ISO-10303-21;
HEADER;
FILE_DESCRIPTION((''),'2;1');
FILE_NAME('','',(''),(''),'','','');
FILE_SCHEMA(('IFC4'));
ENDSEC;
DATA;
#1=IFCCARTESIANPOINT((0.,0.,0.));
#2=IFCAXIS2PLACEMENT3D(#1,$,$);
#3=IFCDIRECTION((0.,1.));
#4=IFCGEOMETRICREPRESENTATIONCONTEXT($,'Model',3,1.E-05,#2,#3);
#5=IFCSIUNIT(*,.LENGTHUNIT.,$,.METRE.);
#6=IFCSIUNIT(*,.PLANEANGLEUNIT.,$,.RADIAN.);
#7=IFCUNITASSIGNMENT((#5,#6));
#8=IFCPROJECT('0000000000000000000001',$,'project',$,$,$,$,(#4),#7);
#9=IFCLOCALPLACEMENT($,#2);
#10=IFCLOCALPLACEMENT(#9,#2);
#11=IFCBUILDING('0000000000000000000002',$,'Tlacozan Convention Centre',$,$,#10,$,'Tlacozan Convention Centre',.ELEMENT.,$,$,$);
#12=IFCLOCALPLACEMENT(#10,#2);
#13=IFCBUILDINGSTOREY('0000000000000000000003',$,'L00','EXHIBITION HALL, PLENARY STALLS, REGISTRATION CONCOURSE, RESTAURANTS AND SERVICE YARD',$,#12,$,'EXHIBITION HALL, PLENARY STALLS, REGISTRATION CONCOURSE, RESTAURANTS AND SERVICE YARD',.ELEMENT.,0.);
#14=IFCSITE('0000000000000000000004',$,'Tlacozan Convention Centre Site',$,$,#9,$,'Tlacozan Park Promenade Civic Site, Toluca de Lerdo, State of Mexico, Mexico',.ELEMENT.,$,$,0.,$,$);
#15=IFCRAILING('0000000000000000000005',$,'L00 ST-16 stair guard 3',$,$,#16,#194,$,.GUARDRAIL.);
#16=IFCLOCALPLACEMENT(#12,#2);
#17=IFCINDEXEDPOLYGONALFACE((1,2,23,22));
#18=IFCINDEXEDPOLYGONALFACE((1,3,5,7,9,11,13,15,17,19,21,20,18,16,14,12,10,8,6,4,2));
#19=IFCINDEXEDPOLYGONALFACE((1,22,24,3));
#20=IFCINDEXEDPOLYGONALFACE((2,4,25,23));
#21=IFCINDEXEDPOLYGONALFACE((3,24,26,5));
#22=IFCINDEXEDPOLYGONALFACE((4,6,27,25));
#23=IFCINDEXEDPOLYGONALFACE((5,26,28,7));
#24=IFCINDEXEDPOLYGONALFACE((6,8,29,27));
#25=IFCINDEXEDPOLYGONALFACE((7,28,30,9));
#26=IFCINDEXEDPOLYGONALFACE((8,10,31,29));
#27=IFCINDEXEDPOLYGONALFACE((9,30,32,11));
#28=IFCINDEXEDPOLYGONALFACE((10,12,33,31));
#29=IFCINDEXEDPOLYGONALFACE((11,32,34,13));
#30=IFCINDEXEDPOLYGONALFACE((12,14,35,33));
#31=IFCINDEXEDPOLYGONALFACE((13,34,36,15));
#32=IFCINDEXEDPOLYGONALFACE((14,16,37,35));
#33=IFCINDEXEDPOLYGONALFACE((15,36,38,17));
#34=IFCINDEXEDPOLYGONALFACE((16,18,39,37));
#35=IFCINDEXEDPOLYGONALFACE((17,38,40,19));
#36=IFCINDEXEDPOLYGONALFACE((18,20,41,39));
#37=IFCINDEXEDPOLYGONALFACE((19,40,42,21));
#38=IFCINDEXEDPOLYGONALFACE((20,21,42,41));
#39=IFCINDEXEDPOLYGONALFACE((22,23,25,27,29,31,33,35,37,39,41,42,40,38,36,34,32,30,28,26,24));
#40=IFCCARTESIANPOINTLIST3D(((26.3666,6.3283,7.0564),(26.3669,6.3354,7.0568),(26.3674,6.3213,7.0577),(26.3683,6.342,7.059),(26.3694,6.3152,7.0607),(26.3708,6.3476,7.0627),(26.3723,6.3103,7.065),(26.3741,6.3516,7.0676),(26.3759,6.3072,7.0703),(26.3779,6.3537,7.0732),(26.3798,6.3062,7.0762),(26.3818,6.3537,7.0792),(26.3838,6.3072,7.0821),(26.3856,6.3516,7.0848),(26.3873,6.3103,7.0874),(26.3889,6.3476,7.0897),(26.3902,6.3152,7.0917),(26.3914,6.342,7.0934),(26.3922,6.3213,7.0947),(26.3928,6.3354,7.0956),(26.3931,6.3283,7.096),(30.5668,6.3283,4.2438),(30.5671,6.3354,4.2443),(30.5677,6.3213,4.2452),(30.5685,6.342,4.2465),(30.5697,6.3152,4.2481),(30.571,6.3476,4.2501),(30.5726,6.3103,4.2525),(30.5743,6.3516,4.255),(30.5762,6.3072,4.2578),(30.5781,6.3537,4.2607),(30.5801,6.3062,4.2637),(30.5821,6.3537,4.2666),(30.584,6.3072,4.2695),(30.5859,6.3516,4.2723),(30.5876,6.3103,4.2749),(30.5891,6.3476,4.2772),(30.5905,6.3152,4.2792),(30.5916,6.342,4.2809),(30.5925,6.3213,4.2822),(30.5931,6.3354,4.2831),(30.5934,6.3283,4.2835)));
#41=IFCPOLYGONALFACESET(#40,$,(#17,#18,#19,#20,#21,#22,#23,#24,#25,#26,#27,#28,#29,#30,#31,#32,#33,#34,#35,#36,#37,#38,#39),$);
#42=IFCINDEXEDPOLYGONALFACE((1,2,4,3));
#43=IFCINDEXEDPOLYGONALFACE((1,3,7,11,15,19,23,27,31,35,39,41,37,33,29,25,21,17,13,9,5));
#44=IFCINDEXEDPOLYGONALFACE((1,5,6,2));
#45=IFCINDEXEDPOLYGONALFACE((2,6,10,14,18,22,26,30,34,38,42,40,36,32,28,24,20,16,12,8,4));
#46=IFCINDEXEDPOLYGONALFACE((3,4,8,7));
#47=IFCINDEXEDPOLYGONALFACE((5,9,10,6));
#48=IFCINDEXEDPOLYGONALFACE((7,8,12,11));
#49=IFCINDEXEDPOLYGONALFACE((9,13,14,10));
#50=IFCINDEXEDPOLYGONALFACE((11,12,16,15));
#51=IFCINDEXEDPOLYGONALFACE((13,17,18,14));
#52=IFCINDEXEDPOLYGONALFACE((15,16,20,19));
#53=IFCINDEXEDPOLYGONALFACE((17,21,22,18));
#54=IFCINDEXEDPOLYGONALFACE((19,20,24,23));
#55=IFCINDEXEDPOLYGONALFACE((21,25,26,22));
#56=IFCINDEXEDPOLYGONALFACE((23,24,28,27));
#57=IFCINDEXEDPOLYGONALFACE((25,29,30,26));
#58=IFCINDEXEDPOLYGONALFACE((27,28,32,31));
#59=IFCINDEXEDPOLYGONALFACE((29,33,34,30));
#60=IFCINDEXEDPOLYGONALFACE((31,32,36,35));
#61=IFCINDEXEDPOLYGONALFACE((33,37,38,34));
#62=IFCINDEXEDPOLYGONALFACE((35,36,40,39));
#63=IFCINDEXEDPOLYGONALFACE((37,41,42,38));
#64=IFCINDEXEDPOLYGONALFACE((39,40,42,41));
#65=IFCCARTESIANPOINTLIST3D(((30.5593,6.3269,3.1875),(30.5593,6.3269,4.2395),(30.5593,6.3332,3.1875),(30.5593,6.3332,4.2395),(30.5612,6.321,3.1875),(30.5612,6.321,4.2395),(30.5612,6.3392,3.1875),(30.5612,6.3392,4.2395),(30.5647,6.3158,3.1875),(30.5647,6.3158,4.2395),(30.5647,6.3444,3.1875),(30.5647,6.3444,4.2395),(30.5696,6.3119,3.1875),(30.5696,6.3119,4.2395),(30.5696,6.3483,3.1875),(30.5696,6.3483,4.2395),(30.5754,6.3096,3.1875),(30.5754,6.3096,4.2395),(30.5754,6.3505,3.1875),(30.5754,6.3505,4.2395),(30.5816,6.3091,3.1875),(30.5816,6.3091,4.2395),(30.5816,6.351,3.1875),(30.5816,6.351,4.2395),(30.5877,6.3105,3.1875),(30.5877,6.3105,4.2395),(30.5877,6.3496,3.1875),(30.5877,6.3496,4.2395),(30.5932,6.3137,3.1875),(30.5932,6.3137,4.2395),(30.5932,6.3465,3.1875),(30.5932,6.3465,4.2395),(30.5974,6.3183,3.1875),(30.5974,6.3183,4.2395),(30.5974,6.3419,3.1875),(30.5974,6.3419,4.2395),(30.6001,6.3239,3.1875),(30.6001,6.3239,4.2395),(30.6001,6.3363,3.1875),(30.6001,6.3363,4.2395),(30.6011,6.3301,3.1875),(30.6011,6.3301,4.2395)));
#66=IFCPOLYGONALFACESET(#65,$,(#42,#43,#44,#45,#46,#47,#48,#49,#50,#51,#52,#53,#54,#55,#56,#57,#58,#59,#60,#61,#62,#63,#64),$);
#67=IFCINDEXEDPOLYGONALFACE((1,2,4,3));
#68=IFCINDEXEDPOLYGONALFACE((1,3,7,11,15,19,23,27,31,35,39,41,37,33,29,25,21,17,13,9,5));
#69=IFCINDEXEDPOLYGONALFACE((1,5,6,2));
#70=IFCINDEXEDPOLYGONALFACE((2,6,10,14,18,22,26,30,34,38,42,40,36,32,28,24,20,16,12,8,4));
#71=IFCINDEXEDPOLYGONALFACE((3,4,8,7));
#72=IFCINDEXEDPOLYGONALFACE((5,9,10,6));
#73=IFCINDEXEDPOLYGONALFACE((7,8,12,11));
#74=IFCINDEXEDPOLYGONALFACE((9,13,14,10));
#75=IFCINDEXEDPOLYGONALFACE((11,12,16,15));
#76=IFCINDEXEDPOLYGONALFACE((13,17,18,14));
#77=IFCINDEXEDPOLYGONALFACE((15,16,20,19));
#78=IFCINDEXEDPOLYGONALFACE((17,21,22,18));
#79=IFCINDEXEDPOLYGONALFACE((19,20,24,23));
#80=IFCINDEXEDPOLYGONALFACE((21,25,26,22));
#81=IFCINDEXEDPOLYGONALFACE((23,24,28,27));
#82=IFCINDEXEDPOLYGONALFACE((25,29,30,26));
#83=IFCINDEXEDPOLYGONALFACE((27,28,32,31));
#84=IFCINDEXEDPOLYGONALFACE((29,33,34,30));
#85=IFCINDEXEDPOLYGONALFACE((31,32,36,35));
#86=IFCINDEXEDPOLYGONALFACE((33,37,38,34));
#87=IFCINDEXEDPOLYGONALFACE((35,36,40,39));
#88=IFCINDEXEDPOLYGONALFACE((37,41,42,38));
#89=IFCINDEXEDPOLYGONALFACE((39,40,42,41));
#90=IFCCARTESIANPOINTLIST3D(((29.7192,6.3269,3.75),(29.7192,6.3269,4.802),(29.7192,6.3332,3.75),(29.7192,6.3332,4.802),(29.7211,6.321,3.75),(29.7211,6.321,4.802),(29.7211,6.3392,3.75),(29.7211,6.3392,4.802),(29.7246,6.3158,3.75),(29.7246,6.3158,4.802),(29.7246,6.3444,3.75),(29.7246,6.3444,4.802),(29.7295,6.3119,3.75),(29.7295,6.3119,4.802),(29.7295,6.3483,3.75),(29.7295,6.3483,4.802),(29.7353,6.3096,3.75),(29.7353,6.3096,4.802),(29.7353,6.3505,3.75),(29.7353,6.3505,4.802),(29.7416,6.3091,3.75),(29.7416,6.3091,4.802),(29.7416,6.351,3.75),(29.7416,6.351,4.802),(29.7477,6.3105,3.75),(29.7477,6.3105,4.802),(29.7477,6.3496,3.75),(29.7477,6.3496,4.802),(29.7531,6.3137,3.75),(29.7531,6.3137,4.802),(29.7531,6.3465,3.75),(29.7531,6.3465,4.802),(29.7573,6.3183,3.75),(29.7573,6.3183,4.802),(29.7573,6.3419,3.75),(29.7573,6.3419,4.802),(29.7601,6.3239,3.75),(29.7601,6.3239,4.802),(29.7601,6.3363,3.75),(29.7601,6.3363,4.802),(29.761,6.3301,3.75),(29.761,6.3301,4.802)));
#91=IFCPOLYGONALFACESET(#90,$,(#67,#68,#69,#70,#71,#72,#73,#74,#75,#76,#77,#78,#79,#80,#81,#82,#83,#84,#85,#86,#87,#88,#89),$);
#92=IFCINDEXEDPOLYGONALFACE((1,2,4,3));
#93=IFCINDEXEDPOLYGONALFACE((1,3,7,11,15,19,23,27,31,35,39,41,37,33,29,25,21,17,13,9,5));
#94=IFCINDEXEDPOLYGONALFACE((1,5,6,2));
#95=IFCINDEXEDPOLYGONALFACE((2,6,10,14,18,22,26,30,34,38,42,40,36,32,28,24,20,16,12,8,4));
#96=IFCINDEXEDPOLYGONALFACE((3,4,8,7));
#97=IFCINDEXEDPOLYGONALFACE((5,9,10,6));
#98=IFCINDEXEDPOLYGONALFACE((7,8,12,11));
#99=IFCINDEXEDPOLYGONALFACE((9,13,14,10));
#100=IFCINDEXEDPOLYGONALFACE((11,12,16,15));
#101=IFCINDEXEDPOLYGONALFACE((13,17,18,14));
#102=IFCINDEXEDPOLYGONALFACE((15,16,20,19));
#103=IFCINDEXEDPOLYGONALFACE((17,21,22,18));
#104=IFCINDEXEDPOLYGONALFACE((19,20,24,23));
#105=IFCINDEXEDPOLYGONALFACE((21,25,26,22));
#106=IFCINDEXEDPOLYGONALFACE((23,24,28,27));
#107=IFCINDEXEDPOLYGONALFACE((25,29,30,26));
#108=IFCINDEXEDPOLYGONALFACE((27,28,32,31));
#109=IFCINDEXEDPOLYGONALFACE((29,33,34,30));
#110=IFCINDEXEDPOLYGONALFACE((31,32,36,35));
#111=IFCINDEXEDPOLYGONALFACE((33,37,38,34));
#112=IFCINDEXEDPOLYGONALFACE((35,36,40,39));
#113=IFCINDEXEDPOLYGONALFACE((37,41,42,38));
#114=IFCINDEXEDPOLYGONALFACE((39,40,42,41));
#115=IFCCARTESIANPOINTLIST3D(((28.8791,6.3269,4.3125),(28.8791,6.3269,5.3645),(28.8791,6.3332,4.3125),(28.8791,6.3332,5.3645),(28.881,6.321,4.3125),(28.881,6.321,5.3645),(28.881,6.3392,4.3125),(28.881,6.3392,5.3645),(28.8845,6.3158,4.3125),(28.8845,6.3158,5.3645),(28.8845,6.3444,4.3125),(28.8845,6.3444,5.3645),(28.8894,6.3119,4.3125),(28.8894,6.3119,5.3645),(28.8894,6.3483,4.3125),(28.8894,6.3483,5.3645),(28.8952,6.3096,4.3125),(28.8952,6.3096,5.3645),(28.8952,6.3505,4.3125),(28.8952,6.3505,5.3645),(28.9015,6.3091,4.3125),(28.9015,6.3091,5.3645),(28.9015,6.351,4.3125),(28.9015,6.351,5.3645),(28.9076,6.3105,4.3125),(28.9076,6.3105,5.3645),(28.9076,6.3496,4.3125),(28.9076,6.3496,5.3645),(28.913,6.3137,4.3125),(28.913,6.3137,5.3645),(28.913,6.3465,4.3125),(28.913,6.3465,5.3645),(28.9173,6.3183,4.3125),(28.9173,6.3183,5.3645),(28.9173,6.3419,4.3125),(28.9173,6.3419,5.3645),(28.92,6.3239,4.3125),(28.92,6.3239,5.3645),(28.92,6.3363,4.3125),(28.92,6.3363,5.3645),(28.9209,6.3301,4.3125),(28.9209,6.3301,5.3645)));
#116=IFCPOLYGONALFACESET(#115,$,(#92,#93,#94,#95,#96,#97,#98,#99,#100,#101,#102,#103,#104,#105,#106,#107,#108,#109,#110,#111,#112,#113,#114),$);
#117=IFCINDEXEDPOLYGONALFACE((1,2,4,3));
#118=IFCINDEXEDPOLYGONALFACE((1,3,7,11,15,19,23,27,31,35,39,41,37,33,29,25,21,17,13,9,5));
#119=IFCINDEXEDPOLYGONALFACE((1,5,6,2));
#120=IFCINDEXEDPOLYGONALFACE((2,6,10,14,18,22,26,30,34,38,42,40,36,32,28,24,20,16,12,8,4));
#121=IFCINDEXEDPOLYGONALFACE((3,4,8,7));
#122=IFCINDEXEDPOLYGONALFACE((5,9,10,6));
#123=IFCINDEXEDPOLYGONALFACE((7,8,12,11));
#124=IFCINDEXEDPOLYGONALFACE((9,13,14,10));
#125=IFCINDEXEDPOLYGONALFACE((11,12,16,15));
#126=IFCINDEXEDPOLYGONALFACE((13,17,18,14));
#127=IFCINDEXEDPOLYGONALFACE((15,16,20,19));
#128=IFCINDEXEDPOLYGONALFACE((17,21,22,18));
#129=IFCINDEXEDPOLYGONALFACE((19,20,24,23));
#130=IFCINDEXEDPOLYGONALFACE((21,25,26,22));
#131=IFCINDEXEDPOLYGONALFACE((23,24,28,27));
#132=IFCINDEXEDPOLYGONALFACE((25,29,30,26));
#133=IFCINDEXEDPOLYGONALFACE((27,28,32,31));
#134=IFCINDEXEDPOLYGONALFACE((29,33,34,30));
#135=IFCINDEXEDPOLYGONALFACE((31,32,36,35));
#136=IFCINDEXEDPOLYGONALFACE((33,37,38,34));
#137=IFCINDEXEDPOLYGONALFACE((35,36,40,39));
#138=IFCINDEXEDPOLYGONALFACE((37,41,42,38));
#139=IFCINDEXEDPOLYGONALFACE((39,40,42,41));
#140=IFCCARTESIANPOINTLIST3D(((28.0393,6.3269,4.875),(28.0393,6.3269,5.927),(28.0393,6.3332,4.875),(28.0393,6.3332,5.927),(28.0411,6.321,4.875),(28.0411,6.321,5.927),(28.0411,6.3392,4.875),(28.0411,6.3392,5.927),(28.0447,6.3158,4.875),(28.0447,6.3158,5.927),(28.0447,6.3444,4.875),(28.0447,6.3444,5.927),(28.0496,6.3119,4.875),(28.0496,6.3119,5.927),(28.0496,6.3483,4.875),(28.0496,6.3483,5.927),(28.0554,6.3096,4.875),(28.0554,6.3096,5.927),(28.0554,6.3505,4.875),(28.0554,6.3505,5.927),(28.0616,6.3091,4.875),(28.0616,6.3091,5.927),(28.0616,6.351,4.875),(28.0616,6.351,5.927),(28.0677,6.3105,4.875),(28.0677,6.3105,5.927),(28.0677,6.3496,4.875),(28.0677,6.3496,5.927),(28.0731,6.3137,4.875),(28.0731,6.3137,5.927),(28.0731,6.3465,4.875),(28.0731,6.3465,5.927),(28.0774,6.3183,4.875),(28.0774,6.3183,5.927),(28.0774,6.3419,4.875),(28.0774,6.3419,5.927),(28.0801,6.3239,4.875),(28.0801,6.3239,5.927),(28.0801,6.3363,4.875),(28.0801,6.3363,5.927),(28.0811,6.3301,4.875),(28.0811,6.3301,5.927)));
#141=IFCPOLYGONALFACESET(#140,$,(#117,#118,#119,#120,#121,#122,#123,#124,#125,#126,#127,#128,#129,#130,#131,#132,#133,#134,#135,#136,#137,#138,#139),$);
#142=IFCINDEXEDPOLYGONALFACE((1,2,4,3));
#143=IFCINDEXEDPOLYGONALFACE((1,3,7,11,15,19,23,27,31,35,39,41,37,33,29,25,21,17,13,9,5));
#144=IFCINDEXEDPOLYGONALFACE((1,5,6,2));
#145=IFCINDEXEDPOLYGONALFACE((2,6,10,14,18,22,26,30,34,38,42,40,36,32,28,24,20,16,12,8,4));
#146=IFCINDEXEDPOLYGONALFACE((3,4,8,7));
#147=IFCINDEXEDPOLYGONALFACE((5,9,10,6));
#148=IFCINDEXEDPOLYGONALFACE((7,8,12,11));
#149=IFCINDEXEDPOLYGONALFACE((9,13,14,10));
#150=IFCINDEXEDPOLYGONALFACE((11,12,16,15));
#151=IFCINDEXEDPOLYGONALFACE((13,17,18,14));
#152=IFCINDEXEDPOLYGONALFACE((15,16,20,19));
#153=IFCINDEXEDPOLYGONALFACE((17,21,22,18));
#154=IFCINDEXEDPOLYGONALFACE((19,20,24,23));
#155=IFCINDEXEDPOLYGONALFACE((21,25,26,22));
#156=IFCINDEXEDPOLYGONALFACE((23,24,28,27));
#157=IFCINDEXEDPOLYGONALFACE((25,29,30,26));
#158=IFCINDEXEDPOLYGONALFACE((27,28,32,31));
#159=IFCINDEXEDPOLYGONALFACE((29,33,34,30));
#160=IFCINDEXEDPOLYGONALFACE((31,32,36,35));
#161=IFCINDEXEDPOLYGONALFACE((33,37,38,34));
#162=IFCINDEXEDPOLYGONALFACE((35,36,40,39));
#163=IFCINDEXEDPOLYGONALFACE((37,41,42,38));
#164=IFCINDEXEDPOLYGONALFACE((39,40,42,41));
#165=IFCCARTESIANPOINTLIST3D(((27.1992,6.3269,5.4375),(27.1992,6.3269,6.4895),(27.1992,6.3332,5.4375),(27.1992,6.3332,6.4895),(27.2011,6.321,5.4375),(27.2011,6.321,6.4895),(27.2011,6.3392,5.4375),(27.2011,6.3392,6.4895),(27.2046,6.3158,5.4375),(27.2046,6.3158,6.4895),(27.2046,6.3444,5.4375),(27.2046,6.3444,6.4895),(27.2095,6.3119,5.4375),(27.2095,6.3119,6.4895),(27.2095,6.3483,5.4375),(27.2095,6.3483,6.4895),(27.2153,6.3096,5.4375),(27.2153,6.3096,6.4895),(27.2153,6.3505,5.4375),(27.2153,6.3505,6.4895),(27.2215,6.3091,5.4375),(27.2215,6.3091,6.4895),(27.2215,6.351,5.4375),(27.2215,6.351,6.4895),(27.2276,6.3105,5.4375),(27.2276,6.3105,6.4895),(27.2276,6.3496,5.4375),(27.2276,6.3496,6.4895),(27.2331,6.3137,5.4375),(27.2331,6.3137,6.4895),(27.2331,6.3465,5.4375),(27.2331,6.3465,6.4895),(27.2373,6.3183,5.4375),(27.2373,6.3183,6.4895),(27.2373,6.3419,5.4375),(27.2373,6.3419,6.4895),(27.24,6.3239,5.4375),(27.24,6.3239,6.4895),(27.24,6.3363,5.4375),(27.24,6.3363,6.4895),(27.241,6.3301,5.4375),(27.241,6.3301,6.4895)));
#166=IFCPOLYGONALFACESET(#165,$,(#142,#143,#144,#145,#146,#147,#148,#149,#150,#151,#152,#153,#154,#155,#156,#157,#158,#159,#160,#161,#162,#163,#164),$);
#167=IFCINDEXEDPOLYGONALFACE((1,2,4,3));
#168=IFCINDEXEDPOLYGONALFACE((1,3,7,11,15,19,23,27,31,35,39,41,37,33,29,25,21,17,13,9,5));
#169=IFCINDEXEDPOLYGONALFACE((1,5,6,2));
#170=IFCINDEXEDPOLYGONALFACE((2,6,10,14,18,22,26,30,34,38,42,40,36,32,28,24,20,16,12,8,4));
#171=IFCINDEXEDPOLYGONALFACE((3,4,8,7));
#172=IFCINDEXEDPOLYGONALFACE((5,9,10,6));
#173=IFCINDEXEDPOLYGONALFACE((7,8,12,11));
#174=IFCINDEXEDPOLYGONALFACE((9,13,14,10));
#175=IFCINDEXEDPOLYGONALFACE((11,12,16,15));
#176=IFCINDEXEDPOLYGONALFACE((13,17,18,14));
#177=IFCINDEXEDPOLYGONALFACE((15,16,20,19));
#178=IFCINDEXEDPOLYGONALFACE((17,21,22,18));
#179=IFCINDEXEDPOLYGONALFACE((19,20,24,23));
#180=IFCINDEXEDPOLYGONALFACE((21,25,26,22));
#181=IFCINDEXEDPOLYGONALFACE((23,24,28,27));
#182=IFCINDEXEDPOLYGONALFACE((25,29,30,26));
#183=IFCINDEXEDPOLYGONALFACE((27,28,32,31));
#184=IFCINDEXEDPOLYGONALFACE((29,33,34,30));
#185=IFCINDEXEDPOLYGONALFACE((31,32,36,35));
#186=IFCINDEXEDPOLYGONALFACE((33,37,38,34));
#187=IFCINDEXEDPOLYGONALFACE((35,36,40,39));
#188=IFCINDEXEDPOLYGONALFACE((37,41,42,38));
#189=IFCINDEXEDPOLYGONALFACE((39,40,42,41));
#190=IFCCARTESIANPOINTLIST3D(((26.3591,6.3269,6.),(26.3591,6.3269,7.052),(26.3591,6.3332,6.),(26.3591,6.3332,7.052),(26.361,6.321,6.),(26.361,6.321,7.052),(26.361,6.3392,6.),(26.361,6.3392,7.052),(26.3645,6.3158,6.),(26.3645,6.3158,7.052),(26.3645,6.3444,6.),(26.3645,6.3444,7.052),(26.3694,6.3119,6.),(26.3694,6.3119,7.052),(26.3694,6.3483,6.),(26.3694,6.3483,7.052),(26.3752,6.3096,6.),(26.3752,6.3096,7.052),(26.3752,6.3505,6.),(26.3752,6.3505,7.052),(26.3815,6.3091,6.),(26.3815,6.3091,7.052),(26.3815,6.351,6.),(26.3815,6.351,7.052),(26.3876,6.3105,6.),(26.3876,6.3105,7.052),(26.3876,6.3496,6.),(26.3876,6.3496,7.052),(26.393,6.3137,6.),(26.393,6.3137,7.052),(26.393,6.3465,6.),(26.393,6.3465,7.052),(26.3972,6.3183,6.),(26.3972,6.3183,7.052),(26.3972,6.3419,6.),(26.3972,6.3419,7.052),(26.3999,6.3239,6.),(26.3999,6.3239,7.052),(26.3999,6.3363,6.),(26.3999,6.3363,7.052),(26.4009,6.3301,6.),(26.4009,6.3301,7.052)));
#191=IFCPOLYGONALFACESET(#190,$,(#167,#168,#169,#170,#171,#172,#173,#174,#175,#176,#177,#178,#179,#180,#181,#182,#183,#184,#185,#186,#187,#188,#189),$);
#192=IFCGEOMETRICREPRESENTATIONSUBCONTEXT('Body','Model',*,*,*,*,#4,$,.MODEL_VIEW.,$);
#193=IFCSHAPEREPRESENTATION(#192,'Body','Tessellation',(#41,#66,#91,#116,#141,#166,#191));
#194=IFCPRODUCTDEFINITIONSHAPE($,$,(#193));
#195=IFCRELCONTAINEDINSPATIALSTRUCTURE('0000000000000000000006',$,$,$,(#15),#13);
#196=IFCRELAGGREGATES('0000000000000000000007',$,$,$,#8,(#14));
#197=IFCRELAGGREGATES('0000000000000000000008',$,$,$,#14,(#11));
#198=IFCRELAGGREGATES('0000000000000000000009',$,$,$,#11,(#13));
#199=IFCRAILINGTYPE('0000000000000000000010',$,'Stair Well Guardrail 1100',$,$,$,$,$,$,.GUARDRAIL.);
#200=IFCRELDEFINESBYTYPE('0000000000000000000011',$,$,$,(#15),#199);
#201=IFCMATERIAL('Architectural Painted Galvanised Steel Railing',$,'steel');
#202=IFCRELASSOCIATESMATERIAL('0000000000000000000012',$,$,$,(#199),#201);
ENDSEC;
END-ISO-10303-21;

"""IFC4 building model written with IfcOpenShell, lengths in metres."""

from ifc_helpers import new_model, si_unit, direction, frame, origin, origin_2d, place, context, subcontext, project, spatial, circle, extrude, material, type_object, element, save


model = new_model("IFC4")

# Units and contexts
model_context = context("Model", 3, precision=1e-05, world=origin(), true_north=direction((0.0, 1.0)))
body_context = subcontext(model_context, "Body", "Model", "MODEL_VIEW")
ifc_project = project(units=[si_unit("LENGTHUNIT", "METRE"), si_unit("PLANEANGLEUNIT", "RADIAN")], contexts=[model_context])

# Site, building, storey
site_placement = place(None, origin())
site = spatial("IfcSite", under=ifc_project, at=site_placement, Name="Tlacozan Convention Centre Site", LongName="Tlacozan Park Promenade Civic Site, Toluca de Lerdo, State of Mexico, Mexico", CompositionType="ELEMENT", RefElevation=0.0)
building_placement = place(site_placement, origin())
building = spatial("IfcBuilding", under=site, at=building_placement, Name="Tlacozan Convention Centre", LongName="Tlacozan Convention Centre", CompositionType="ELEMENT")
storey_placement = place(building_placement, origin())
storey = spatial("IfcBuildingStorey", under=building, at=storey_placement, Name="L00", Description="EXHIBITION HALL, PLENARY STALLS, REGISTRATION CONCOURSE, RESTAURANTS AND SERVICE YARD", LongName="EXHIBITION HALL, PLENARY STALLS, REGISTRATION CONCOURSE, RESTAURANTS AND SERVICE YARD", CompositionType="ELEMENT", Elevation=0.0)

# Railing
ifc_material_1 = material(Name="Architectural Painted Galvanised Steel Railing", Category="steel")
railing_type_1 = type_object("IfcRailingType", Name="Stair Well Guardrail 1100", PredefinedType="GUARDRAIL", material=ifc_material_1)
railing_1_placement = place(storey_placement, frame((30.5801, 6.3301, 3.1875)))
element("IfcRailing", 1, at=railing_1_placement, inside=storey, type_object=railing_type_1, Name="L00 ST-16 stair guard 3", PredefinedType="GUARDRAIL", context=body_context, shape_type="SweptSolid", body=[
    extrude(circle(Radius=0.0239, at=origin_2d()), frame((0.0, 0.0, 1.0762), z_axis=(-0.830919, 0.0, 0.556393), x_axis=(0.0, -1.0, 0.0)), (0.0, 0.0, 1.0), 5.0549),
    extrude(circle(Radius=0.021, at=origin_2d()), origin(), (0.0, 0.0, 1.0), 1.052),
    extrude(circle(Radius=0.021, at=origin_2d()), frame((-0.8401, 0.0, 0.5625)), (0.0, 0.0, 1.0), 1.052),
    extrude(circle(Radius=0.021, at=origin_2d()), frame((-1.6802, 0.0, 1.125)), (0.0, 0.0, 1.0), 1.052),
    extrude(circle(Radius=0.021, at=origin_2d()), frame((-2.52, 0.0, 1.6875)), (0.0, 0.0, 1.0), 1.052),
    extrude(circle(Radius=0.021, at=origin_2d()), frame((-3.3601, 0.0, 2.25)), (0.0, 0.0, 1.0), 1.052),
    extrude(circle(Radius=0.021, at=origin_2d()), frame((-4.2002, 0.0, 2.8125)), (0.0, 0.0, 1.0), 1.052),
])

save(model, "model.ifc")
